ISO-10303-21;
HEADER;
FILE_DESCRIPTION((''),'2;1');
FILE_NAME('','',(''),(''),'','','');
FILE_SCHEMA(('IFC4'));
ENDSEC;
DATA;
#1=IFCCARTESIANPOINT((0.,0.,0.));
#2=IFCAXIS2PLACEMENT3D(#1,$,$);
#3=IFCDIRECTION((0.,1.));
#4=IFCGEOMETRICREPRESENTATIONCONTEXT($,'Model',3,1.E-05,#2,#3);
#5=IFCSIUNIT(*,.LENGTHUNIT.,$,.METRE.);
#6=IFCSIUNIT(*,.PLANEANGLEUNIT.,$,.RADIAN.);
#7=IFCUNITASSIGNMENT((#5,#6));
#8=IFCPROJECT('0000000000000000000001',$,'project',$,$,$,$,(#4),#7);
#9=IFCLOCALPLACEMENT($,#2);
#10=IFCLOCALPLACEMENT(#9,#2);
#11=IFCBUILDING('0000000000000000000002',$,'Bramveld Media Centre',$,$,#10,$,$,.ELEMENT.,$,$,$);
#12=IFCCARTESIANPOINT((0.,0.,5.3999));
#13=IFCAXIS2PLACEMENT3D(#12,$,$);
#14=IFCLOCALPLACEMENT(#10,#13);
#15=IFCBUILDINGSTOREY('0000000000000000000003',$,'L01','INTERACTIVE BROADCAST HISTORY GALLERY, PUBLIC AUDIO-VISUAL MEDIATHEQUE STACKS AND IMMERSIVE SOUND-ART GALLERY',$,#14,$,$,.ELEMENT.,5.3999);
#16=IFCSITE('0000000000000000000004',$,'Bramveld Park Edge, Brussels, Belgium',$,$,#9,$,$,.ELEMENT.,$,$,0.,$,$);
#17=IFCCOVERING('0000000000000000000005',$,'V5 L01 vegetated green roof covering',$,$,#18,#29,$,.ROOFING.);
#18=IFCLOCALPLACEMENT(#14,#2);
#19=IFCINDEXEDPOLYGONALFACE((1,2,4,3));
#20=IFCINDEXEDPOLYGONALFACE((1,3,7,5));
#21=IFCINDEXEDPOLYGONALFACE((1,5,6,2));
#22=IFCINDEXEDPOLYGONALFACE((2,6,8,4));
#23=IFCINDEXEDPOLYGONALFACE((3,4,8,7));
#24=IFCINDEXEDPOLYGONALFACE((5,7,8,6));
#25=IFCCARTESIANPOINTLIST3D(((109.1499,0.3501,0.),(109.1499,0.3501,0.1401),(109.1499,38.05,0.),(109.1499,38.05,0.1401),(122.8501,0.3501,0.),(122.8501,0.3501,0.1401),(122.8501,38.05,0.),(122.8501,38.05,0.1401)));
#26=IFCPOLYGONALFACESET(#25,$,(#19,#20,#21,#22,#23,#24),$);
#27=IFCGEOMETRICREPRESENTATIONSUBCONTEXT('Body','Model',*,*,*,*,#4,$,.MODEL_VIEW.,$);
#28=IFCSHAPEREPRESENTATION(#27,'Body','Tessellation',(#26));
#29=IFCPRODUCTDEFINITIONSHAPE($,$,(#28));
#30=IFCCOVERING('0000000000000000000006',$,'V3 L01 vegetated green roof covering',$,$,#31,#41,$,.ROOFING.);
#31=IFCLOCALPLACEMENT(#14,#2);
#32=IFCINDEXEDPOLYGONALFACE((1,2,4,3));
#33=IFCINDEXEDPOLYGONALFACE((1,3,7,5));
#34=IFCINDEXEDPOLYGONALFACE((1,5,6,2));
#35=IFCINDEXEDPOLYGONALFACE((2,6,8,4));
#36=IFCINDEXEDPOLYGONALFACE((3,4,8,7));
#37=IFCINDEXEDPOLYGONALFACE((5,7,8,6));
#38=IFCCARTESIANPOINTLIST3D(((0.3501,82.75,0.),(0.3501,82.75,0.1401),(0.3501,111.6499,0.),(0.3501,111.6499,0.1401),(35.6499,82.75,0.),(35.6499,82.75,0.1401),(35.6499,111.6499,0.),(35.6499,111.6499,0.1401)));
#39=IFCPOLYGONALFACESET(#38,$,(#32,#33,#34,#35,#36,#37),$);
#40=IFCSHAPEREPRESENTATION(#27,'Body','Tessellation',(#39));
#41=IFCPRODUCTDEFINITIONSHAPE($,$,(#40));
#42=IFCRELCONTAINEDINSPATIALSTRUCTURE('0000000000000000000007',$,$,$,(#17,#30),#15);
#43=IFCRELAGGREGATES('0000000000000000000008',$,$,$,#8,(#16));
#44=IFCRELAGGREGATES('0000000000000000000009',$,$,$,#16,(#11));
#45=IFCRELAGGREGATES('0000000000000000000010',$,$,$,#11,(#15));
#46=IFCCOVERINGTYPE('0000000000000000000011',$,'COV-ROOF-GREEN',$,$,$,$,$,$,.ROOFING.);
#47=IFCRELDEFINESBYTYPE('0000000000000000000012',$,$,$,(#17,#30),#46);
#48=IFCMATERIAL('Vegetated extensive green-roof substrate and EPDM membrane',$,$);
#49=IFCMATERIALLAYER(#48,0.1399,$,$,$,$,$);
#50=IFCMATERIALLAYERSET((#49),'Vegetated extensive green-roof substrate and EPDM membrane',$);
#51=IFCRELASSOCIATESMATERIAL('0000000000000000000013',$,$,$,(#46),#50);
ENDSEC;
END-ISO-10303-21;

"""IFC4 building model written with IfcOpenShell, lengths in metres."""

from ifc_helpers import new_model, si_unit, direction, frame, origin, place, context, subcontext, project, spatial, polyline, outline, extrude, material, layer, layer_set, type_object, element, save


model = new_model("IFC4")

# Units and contexts
model_context = context("Model", 3, precision=1e-05, world=origin(), true_north=direction((0.0, 1.0)))
body_context = subcontext(model_context, "Body", "Model", "MODEL_VIEW")
ifc_project = project(units=[si_unit("LENGTHUNIT", "METRE"), si_unit("PLANEANGLEUNIT", "RADIAN")], contexts=[model_context])

# Site, building, storey
site_placement = place(None, origin())
site = spatial("IfcSite", under=ifc_project, at=site_placement, Name="Bramveld Park Edge, Brussels, Belgium", CompositionType="ELEMENT", RefElevation=0.0)
building_placement = place(site_placement, origin())
building = spatial("IfcBuilding", under=site, at=building_placement, Name="Bramveld Media Centre", CompositionType="ELEMENT")
storey_placement = place(building_placement, frame((0.0, 0.0, 5.3999)))
storey = spatial("IfcBuildingStorey", under=building, at=storey_placement, Name="L01", Description="INTERACTIVE BROADCAST HISTORY GALLERY, PUBLIC AUDIO-VISUAL MEDIATHEQUE STACKS AND IMMERSIVE SOUND-ART GALLERY", CompositionType="ELEMENT", Elevation=5.3999)

# Coverings
ifc_material_1 = material(Name="Vegetated extensive green-roof substrate and EPDM membrane")
ifc_layer_1 = layer(ifc_material_1, 0.1399)
ifc_layer_set_1 = layer_set([ifc_layer_1], Name="Vegetated extensive green-roof substrate and EPDM membrane")
covering_type = type_object("IfcCoveringType", Name="COV-ROOF-GREEN", PredefinedType="ROOFING", material=ifc_layer_set_1)
covering_1_placement = place(storey_placement, origin())
element("IfcCovering", 1, at=covering_1_placement, inside=storey, type_object=covering_type, Name="V5 L01 vegetated green roof covering", PredefinedType="ROOFING", context=body_context, shape_type="SweptSolid", body=[
    extrude(outline(polyline([(109.1499, 0.3501), (122.8501, 0.3501), (122.8501, 38.05), (109.1499, 38.05), (109.1499, 0.3501)])), origin(), (0.0, 0.0, 1.0), 0.1401),
])
covering_2_placement = place(storey_placement, origin())
element("IfcCovering", 2, at=covering_2_placement, inside=storey, type_object=covering_type, Name="V3 L01 vegetated green roof covering", PredefinedType="ROOFING", context=body_context, shape_type="SweptSolid", body=[
    extrude(outline(polyline([(0.3501, 82.75), (35.6499, 82.75), (35.6499, 111.6499), (0.3501, 111.6499), (0.3501, 82.75)])), origin(), (0.0, 0.0, 1.0), 0.1401),
])

save(model, "model.ifc")
